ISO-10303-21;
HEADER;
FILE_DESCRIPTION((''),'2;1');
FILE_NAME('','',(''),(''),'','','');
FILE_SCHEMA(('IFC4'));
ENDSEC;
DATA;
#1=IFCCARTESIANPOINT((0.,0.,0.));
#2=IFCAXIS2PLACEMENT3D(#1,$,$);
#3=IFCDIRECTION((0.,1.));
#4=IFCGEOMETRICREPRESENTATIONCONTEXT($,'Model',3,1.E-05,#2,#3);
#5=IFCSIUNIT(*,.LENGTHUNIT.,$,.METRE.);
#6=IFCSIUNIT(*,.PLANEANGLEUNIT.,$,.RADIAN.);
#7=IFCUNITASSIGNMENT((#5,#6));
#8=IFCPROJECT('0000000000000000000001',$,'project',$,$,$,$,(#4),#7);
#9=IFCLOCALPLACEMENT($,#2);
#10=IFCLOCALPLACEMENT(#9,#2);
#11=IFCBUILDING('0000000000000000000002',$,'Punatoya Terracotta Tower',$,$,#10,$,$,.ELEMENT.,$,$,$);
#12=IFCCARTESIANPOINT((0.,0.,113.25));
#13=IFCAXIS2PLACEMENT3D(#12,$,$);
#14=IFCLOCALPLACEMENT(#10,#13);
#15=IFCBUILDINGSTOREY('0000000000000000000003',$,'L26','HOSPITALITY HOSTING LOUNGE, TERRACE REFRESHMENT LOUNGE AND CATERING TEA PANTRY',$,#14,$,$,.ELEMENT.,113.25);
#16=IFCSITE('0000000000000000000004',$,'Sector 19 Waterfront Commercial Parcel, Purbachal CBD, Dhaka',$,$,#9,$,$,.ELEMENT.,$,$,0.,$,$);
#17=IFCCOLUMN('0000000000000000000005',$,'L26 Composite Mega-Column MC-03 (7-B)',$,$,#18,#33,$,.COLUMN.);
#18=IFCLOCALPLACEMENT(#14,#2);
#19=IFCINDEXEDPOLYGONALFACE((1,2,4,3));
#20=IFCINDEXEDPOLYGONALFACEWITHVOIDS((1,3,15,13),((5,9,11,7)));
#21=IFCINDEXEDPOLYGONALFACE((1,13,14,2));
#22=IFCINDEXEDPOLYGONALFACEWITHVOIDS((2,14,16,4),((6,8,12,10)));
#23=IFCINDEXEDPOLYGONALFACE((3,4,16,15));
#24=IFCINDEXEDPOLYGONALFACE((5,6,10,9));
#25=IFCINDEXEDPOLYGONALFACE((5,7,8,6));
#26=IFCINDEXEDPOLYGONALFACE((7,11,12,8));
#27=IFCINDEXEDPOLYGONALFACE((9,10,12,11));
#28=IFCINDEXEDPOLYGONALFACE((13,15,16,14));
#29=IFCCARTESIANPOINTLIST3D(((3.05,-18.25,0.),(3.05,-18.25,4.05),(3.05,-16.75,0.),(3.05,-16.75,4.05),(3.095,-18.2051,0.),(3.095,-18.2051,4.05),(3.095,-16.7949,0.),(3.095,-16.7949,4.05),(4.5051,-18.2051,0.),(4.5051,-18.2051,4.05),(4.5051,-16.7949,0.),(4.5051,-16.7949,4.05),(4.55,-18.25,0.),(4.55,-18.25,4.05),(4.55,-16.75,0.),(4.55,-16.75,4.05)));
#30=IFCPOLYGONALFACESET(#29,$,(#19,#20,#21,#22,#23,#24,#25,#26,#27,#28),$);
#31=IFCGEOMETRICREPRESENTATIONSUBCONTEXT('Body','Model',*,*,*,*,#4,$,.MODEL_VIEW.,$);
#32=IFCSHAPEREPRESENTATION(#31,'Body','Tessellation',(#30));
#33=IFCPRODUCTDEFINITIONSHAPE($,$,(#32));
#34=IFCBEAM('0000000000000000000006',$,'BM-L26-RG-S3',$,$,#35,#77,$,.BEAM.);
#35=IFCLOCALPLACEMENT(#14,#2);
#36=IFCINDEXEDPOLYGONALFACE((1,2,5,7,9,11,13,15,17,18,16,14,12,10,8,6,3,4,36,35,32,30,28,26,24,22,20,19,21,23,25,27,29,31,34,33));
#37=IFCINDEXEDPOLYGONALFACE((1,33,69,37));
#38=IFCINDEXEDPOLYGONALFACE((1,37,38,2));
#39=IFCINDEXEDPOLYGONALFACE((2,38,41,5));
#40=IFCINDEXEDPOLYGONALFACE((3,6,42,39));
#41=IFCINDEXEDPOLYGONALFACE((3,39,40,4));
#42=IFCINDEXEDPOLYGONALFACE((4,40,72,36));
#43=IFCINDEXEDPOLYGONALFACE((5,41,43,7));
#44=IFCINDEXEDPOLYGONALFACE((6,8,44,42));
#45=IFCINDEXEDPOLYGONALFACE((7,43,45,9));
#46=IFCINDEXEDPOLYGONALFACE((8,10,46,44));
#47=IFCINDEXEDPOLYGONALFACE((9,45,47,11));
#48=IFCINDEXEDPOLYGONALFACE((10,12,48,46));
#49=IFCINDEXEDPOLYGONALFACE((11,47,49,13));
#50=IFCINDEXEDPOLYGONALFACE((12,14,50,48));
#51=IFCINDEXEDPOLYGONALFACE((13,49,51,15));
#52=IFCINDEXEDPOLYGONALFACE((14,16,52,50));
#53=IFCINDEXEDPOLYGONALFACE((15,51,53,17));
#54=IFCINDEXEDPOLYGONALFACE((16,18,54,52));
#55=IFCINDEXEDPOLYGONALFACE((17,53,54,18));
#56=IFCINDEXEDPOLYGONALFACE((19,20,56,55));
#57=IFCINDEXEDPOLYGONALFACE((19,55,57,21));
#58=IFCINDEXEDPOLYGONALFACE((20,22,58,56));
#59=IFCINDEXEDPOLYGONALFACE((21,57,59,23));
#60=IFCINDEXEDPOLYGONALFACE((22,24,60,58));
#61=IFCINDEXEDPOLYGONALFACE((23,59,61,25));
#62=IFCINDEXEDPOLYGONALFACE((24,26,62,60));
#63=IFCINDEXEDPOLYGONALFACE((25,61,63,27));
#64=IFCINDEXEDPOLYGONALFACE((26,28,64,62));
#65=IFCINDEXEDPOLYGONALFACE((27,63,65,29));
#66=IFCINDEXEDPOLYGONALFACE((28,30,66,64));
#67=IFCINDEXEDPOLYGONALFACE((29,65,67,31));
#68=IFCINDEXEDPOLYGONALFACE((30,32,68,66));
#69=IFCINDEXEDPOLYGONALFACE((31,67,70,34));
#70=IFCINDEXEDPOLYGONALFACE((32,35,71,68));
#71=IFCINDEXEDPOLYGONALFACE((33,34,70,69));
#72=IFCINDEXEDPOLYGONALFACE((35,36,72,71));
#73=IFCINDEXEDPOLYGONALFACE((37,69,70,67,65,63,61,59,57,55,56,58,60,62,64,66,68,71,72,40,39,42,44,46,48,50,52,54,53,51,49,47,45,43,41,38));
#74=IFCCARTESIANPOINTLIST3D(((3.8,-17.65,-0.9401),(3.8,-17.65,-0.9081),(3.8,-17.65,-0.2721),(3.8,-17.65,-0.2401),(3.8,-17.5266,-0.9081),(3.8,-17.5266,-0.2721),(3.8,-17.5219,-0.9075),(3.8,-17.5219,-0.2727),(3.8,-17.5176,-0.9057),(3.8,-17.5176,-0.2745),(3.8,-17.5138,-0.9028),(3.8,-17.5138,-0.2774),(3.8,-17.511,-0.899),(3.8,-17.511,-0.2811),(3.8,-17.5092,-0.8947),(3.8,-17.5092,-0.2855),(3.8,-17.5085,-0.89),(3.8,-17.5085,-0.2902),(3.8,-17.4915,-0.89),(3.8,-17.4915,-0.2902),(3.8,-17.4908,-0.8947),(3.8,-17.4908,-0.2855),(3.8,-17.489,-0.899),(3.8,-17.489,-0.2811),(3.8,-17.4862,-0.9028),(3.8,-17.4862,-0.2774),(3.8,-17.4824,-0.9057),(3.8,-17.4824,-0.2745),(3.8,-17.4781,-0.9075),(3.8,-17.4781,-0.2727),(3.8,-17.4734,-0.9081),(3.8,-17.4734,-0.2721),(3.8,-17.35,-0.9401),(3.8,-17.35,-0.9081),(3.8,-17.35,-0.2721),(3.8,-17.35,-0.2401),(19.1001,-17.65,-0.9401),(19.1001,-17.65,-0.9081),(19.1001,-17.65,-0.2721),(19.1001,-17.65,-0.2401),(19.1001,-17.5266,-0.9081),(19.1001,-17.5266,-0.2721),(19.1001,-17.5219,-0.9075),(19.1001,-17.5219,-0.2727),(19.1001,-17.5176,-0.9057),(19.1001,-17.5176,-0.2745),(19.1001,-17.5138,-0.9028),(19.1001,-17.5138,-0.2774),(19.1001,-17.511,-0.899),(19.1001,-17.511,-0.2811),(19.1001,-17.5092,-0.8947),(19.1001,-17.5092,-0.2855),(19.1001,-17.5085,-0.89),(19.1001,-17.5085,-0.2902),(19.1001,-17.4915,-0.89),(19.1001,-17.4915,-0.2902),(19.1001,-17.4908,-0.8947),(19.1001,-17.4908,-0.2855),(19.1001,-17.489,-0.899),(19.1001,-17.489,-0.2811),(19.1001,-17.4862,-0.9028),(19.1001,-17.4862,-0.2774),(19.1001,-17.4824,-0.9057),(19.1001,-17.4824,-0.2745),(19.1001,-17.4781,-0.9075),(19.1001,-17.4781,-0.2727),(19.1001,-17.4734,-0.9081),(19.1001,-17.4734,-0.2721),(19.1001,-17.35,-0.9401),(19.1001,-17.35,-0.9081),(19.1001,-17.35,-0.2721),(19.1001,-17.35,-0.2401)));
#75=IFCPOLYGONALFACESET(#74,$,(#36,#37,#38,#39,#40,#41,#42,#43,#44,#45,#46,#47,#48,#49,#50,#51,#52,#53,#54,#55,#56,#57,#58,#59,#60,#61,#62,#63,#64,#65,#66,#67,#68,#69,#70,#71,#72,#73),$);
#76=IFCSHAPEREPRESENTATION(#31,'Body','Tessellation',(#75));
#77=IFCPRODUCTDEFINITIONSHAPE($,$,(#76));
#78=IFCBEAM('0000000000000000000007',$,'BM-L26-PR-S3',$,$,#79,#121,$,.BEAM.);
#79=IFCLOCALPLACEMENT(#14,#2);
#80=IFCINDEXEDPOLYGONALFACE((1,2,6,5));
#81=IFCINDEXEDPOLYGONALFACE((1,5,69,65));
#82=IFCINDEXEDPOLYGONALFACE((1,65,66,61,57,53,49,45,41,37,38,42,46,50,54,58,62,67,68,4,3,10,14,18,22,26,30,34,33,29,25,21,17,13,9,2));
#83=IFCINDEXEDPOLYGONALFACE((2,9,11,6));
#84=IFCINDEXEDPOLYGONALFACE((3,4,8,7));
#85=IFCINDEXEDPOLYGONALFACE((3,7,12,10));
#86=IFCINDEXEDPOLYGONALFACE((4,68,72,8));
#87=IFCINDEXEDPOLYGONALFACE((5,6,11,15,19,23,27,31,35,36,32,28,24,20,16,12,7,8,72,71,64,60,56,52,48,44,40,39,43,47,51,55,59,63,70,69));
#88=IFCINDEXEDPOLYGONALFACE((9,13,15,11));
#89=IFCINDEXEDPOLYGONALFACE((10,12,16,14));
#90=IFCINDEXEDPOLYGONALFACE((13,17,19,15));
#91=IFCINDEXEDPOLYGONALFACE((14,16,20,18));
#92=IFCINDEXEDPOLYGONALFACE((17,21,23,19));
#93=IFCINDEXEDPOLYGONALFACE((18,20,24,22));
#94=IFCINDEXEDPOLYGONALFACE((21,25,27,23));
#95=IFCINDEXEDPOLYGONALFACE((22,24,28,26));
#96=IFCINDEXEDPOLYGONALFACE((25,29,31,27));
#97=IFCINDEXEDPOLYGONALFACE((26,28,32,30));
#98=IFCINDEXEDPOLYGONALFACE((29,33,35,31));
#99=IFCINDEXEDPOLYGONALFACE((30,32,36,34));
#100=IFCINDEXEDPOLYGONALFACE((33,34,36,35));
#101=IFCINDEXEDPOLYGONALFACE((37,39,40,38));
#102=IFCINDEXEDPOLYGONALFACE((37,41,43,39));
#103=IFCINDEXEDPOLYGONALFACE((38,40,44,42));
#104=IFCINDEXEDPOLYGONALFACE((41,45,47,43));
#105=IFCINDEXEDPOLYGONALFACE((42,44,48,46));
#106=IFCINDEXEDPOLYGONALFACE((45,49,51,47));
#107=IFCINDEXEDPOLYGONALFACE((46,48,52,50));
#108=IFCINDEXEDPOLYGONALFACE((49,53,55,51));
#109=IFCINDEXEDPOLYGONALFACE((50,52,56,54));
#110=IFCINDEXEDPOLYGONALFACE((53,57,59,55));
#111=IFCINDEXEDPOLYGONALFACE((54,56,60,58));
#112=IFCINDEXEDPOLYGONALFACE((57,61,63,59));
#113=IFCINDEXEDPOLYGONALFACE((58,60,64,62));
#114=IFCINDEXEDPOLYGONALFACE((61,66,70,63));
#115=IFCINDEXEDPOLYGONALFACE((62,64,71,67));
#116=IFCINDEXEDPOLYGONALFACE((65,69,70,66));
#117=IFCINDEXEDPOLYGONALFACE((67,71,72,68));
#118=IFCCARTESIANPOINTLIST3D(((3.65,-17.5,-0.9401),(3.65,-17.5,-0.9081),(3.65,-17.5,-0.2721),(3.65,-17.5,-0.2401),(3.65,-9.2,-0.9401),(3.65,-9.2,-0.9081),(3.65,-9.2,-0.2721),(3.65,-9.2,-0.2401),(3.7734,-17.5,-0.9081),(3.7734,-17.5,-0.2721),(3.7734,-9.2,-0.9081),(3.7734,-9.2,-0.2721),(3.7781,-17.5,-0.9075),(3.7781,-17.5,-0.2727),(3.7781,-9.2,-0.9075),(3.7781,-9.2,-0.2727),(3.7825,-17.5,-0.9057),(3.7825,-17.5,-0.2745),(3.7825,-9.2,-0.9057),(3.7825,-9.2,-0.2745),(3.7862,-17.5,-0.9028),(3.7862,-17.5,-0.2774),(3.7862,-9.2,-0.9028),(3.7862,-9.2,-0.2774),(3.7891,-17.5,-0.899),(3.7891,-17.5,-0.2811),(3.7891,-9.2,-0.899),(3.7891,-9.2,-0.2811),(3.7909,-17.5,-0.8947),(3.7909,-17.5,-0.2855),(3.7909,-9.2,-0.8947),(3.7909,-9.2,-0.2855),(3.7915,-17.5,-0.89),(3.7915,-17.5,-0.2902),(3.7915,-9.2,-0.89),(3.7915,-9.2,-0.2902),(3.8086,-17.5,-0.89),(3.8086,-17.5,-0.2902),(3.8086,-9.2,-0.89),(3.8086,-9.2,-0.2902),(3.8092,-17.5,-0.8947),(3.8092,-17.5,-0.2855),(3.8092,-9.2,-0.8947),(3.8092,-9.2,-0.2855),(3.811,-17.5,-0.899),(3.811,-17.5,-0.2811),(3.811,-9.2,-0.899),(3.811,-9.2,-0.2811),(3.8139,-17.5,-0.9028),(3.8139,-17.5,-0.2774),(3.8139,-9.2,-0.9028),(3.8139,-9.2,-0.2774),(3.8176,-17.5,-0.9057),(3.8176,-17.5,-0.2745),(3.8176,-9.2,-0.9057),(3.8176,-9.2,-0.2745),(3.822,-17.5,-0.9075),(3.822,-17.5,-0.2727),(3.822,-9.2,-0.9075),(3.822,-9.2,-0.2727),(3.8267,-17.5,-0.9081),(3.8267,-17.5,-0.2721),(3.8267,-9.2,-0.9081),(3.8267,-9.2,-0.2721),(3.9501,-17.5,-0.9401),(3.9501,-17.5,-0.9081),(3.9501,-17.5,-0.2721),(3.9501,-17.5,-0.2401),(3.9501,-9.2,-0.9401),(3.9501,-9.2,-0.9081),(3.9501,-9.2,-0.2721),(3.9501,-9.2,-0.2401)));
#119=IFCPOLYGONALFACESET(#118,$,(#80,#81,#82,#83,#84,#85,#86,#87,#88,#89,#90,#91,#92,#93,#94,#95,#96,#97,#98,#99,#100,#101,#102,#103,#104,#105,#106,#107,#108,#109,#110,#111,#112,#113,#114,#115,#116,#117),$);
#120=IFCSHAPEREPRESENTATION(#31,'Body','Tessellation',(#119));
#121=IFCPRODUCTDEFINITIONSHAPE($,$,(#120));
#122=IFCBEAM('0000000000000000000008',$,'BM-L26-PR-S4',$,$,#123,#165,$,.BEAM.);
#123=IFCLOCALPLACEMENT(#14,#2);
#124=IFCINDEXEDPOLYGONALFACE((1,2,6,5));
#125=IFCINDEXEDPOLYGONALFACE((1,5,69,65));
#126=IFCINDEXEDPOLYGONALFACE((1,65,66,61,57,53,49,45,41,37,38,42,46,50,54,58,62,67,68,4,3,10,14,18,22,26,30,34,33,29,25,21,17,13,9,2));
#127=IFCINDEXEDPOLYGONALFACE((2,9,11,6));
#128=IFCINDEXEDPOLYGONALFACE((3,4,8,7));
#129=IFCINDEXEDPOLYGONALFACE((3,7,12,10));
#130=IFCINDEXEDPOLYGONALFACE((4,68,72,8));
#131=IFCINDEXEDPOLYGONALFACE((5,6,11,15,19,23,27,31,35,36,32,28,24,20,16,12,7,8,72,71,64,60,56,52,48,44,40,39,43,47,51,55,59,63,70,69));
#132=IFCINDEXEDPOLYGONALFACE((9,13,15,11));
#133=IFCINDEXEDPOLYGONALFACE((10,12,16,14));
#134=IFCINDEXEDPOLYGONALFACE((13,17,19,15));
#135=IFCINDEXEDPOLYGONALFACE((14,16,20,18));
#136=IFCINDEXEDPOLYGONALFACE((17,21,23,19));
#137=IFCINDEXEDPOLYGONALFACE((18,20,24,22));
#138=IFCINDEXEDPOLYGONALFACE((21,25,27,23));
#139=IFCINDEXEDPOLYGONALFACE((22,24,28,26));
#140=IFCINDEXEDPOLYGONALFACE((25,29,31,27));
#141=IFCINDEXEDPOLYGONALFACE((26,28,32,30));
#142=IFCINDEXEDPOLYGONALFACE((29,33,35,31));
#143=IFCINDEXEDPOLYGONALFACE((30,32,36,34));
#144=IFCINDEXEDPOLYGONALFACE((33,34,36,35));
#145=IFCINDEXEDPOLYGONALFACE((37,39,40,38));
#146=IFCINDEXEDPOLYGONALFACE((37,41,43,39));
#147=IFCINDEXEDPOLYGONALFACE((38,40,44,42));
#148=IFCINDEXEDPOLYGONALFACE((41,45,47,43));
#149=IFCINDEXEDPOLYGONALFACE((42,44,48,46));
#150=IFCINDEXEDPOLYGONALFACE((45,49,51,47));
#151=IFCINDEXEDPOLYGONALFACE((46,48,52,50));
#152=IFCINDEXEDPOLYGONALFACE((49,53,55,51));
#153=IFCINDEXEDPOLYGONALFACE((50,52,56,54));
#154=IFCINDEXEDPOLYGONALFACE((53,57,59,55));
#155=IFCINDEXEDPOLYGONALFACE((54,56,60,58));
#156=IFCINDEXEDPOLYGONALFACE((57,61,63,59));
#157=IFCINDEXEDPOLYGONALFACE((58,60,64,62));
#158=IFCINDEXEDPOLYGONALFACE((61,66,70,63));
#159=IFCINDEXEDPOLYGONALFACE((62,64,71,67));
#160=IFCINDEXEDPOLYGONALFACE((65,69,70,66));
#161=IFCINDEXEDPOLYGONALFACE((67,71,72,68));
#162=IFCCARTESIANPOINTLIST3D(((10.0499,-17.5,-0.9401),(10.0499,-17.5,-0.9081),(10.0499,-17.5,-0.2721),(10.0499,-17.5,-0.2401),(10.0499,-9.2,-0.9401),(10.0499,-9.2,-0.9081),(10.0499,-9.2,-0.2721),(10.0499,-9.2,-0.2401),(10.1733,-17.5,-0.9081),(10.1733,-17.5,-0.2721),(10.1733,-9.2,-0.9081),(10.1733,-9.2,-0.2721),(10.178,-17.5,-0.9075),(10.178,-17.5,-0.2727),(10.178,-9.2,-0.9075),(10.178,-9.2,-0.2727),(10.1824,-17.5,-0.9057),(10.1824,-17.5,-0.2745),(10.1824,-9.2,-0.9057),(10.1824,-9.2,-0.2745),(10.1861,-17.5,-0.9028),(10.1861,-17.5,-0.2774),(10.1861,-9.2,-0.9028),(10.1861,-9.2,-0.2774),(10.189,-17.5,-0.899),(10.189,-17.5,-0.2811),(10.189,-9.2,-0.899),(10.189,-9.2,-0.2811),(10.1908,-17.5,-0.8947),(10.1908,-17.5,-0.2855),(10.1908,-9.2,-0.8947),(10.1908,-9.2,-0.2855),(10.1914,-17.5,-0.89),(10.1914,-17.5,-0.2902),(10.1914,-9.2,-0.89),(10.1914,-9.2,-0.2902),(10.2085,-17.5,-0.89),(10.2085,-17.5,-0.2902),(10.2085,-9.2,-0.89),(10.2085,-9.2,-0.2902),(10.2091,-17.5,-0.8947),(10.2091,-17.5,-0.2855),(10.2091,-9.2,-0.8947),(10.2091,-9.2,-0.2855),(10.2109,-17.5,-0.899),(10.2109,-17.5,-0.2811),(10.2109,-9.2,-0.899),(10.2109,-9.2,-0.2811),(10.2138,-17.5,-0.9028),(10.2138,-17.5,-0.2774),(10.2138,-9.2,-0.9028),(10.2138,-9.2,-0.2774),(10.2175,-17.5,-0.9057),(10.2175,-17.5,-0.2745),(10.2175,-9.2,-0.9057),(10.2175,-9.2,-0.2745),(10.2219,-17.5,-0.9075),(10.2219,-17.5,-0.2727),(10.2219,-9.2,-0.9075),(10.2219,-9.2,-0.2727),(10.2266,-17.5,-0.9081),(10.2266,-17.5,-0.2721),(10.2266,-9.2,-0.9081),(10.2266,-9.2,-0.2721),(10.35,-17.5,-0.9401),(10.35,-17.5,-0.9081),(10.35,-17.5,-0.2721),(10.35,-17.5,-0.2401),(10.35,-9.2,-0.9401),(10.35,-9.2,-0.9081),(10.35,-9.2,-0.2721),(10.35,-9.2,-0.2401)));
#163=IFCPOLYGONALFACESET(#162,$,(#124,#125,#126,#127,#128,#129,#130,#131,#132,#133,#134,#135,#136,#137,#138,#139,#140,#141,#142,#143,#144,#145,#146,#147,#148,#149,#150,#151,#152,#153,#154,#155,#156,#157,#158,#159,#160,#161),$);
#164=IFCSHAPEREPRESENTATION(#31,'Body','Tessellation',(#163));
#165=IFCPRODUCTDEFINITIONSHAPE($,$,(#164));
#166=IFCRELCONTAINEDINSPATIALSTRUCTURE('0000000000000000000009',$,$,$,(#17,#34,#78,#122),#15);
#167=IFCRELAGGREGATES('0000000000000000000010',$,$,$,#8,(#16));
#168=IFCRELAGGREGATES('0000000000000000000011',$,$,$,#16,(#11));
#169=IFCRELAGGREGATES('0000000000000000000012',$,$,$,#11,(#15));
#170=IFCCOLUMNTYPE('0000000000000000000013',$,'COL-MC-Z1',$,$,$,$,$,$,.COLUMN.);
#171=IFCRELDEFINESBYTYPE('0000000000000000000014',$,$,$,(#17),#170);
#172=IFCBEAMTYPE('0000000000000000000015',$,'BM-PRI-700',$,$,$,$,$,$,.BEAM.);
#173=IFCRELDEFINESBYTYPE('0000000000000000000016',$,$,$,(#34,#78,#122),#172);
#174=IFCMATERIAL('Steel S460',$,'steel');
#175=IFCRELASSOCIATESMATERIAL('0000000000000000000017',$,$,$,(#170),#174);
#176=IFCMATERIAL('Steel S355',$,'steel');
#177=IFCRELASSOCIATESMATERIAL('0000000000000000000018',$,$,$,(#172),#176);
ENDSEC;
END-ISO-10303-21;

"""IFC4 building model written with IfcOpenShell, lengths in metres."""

from ifc_helpers import new_model, si_unit, direction, frame, origin, origin_2d, place, context, subcontext, project, spatial, hollow_rectangle, i_section, extrude, material, material_profile, profile_set, type_object, element, save


model = new_model("IFC4")

# Units and contexts
model_context = context("Model", 3, precision=1e-05, world=origin(), true_north=direction((0.0, 1.0)))
body_context = subcontext(model_context, "Body", "Model", "MODEL_VIEW")
ifc_project = project(units=[si_unit("LENGTHUNIT", "METRE"), si_unit("PLANEANGLEUNIT", "RADIAN")], contexts=[model_context])

# Site, building, storey
site_placement = place(None, origin())
site = spatial("IfcSite", under=ifc_project, at=site_placement, Name="Sector 19 Waterfront Commercial Parcel, Purbachal CBD, Dhaka", CompositionType="ELEMENT", RefElevation=0.0)
building_placement = place(site_placement, origin())
building = spatial("IfcBuilding", under=site, at=building_placement, Name="Punatoya Terracotta Tower", CompositionType="ELEMENT")
storey_placement = place(building_placement, frame((0.0, 0.0, 113.25)))
storey = spatial("IfcBuildingStorey", under=building, at=storey_placement, Name="L26", Description="HOSPITALITY HOSTING LOUNGE, TERRACE REFRESHMENT LOUNGE AND CATERING TEA PANTRY", CompositionType="ELEMENT", Elevation=113.25)

# Column
ifc_material_1 = material(Name="Steel S460", Category="steel")
ifc_material_profile_1 = material_profile(ifc_material_1, hollow_rectangle(XDim=1.5, YDim=1.5, WallThickness=0.0449, at=origin_2d()))
ifc_profile_set_1 = profile_set([ifc_material_profile_1], Name="Steel S460")
column_type = type_object("IfcColumnType", Name="COL-MC-Z1", PredefinedType="COLUMN", material=ifc_profile_set_1)
column_placement = place(storey_placement, frame((3.8, -17.5, 0.0), z_axis=(0.0, 0.0, 1.0), x_axis=(1.0, 0.0, 0.0)))
element("IfcColumn", 1, at=column_placement, inside=storey, type_object=column_type, Name="L26 Composite Mega-Column MC-03 (7-B)", PredefinedType="COLUMN", context=body_context, shape_type="SweptSolid", body=[
    extrude(hollow_rectangle(XDim=1.5, YDim=1.5, WallThickness=0.0449, at=origin_2d()), origin(), (0.0, 0.0, 1.0), 4.05),
])

# Beams
ifc_material_2 = material(Name="Steel S355", Category="steel")
ifc_material_profile_2 = material_profile(ifc_material_2, i_section(OverallWidth=0.3, OverallDepth=0.7, WebThickness=0.0171, FlangeThickness=0.032, FilletRadius=0.0181, at=origin_2d()))
ifc_profile_set_2 = profile_set([ifc_material_profile_2], Name="Steel S355")
beam_type_1 = type_object("IfcBeamType", Name="BM-PRI-700", PredefinedType="BEAM", material=ifc_profile_set_2)
beam_1_placement = place(storey_placement, frame((3.8, -17.5, -0.5901), z_axis=(1.0, 0.0, 0.0), x_axis=(0.0, 1.0, 0.0)))
element("IfcBeam", 2, at=beam_1_placement, inside=storey, type_object=beam_type_1, Name="BM-L26-RG-S3", PredefinedType="BEAM", context=body_context, shape_type="SweptSolid", body=[
    extrude(i_section(OverallWidth=0.3, OverallDepth=0.7, WebThickness=0.0171, FlangeThickness=0.032, FilletRadius=0.0181, at=origin_2d()), origin(), (0.0, 0.0, 1.0), 15.3),
])
for number, where, z_axis, x_axis, name in (
    (3, (3.8, -17.5, -0.5901), (0.0, 1.0, 0.0), (-1.0, 0.0, 0.0), "BM-L26-PR-S3"),
    (4, (10.2, -17.5, -0.5901), (0.0, 1.0, 0.0), (-1.0, 0.0, 0.0), "BM-L26-PR-S4"),
):
    element("IfcBeam", number, at=place(storey_placement, frame(where, z_axis=z_axis, x_axis=x_axis)), inside=storey, type_object=beam_type_1, Name=name, PredefinedType="BEAM", context=body_context, shape_type="SweptSolid", body=[
        extrude(i_section(OverallWidth=0.3, OverallDepth=0.7, WebThickness=0.0171, FlangeThickness=0.032, FilletRadius=0.0181, at=origin_2d()), origin(), (0.0, 0.0, 1.0), 8.3),
    ])

save(model, "model.ifc")
